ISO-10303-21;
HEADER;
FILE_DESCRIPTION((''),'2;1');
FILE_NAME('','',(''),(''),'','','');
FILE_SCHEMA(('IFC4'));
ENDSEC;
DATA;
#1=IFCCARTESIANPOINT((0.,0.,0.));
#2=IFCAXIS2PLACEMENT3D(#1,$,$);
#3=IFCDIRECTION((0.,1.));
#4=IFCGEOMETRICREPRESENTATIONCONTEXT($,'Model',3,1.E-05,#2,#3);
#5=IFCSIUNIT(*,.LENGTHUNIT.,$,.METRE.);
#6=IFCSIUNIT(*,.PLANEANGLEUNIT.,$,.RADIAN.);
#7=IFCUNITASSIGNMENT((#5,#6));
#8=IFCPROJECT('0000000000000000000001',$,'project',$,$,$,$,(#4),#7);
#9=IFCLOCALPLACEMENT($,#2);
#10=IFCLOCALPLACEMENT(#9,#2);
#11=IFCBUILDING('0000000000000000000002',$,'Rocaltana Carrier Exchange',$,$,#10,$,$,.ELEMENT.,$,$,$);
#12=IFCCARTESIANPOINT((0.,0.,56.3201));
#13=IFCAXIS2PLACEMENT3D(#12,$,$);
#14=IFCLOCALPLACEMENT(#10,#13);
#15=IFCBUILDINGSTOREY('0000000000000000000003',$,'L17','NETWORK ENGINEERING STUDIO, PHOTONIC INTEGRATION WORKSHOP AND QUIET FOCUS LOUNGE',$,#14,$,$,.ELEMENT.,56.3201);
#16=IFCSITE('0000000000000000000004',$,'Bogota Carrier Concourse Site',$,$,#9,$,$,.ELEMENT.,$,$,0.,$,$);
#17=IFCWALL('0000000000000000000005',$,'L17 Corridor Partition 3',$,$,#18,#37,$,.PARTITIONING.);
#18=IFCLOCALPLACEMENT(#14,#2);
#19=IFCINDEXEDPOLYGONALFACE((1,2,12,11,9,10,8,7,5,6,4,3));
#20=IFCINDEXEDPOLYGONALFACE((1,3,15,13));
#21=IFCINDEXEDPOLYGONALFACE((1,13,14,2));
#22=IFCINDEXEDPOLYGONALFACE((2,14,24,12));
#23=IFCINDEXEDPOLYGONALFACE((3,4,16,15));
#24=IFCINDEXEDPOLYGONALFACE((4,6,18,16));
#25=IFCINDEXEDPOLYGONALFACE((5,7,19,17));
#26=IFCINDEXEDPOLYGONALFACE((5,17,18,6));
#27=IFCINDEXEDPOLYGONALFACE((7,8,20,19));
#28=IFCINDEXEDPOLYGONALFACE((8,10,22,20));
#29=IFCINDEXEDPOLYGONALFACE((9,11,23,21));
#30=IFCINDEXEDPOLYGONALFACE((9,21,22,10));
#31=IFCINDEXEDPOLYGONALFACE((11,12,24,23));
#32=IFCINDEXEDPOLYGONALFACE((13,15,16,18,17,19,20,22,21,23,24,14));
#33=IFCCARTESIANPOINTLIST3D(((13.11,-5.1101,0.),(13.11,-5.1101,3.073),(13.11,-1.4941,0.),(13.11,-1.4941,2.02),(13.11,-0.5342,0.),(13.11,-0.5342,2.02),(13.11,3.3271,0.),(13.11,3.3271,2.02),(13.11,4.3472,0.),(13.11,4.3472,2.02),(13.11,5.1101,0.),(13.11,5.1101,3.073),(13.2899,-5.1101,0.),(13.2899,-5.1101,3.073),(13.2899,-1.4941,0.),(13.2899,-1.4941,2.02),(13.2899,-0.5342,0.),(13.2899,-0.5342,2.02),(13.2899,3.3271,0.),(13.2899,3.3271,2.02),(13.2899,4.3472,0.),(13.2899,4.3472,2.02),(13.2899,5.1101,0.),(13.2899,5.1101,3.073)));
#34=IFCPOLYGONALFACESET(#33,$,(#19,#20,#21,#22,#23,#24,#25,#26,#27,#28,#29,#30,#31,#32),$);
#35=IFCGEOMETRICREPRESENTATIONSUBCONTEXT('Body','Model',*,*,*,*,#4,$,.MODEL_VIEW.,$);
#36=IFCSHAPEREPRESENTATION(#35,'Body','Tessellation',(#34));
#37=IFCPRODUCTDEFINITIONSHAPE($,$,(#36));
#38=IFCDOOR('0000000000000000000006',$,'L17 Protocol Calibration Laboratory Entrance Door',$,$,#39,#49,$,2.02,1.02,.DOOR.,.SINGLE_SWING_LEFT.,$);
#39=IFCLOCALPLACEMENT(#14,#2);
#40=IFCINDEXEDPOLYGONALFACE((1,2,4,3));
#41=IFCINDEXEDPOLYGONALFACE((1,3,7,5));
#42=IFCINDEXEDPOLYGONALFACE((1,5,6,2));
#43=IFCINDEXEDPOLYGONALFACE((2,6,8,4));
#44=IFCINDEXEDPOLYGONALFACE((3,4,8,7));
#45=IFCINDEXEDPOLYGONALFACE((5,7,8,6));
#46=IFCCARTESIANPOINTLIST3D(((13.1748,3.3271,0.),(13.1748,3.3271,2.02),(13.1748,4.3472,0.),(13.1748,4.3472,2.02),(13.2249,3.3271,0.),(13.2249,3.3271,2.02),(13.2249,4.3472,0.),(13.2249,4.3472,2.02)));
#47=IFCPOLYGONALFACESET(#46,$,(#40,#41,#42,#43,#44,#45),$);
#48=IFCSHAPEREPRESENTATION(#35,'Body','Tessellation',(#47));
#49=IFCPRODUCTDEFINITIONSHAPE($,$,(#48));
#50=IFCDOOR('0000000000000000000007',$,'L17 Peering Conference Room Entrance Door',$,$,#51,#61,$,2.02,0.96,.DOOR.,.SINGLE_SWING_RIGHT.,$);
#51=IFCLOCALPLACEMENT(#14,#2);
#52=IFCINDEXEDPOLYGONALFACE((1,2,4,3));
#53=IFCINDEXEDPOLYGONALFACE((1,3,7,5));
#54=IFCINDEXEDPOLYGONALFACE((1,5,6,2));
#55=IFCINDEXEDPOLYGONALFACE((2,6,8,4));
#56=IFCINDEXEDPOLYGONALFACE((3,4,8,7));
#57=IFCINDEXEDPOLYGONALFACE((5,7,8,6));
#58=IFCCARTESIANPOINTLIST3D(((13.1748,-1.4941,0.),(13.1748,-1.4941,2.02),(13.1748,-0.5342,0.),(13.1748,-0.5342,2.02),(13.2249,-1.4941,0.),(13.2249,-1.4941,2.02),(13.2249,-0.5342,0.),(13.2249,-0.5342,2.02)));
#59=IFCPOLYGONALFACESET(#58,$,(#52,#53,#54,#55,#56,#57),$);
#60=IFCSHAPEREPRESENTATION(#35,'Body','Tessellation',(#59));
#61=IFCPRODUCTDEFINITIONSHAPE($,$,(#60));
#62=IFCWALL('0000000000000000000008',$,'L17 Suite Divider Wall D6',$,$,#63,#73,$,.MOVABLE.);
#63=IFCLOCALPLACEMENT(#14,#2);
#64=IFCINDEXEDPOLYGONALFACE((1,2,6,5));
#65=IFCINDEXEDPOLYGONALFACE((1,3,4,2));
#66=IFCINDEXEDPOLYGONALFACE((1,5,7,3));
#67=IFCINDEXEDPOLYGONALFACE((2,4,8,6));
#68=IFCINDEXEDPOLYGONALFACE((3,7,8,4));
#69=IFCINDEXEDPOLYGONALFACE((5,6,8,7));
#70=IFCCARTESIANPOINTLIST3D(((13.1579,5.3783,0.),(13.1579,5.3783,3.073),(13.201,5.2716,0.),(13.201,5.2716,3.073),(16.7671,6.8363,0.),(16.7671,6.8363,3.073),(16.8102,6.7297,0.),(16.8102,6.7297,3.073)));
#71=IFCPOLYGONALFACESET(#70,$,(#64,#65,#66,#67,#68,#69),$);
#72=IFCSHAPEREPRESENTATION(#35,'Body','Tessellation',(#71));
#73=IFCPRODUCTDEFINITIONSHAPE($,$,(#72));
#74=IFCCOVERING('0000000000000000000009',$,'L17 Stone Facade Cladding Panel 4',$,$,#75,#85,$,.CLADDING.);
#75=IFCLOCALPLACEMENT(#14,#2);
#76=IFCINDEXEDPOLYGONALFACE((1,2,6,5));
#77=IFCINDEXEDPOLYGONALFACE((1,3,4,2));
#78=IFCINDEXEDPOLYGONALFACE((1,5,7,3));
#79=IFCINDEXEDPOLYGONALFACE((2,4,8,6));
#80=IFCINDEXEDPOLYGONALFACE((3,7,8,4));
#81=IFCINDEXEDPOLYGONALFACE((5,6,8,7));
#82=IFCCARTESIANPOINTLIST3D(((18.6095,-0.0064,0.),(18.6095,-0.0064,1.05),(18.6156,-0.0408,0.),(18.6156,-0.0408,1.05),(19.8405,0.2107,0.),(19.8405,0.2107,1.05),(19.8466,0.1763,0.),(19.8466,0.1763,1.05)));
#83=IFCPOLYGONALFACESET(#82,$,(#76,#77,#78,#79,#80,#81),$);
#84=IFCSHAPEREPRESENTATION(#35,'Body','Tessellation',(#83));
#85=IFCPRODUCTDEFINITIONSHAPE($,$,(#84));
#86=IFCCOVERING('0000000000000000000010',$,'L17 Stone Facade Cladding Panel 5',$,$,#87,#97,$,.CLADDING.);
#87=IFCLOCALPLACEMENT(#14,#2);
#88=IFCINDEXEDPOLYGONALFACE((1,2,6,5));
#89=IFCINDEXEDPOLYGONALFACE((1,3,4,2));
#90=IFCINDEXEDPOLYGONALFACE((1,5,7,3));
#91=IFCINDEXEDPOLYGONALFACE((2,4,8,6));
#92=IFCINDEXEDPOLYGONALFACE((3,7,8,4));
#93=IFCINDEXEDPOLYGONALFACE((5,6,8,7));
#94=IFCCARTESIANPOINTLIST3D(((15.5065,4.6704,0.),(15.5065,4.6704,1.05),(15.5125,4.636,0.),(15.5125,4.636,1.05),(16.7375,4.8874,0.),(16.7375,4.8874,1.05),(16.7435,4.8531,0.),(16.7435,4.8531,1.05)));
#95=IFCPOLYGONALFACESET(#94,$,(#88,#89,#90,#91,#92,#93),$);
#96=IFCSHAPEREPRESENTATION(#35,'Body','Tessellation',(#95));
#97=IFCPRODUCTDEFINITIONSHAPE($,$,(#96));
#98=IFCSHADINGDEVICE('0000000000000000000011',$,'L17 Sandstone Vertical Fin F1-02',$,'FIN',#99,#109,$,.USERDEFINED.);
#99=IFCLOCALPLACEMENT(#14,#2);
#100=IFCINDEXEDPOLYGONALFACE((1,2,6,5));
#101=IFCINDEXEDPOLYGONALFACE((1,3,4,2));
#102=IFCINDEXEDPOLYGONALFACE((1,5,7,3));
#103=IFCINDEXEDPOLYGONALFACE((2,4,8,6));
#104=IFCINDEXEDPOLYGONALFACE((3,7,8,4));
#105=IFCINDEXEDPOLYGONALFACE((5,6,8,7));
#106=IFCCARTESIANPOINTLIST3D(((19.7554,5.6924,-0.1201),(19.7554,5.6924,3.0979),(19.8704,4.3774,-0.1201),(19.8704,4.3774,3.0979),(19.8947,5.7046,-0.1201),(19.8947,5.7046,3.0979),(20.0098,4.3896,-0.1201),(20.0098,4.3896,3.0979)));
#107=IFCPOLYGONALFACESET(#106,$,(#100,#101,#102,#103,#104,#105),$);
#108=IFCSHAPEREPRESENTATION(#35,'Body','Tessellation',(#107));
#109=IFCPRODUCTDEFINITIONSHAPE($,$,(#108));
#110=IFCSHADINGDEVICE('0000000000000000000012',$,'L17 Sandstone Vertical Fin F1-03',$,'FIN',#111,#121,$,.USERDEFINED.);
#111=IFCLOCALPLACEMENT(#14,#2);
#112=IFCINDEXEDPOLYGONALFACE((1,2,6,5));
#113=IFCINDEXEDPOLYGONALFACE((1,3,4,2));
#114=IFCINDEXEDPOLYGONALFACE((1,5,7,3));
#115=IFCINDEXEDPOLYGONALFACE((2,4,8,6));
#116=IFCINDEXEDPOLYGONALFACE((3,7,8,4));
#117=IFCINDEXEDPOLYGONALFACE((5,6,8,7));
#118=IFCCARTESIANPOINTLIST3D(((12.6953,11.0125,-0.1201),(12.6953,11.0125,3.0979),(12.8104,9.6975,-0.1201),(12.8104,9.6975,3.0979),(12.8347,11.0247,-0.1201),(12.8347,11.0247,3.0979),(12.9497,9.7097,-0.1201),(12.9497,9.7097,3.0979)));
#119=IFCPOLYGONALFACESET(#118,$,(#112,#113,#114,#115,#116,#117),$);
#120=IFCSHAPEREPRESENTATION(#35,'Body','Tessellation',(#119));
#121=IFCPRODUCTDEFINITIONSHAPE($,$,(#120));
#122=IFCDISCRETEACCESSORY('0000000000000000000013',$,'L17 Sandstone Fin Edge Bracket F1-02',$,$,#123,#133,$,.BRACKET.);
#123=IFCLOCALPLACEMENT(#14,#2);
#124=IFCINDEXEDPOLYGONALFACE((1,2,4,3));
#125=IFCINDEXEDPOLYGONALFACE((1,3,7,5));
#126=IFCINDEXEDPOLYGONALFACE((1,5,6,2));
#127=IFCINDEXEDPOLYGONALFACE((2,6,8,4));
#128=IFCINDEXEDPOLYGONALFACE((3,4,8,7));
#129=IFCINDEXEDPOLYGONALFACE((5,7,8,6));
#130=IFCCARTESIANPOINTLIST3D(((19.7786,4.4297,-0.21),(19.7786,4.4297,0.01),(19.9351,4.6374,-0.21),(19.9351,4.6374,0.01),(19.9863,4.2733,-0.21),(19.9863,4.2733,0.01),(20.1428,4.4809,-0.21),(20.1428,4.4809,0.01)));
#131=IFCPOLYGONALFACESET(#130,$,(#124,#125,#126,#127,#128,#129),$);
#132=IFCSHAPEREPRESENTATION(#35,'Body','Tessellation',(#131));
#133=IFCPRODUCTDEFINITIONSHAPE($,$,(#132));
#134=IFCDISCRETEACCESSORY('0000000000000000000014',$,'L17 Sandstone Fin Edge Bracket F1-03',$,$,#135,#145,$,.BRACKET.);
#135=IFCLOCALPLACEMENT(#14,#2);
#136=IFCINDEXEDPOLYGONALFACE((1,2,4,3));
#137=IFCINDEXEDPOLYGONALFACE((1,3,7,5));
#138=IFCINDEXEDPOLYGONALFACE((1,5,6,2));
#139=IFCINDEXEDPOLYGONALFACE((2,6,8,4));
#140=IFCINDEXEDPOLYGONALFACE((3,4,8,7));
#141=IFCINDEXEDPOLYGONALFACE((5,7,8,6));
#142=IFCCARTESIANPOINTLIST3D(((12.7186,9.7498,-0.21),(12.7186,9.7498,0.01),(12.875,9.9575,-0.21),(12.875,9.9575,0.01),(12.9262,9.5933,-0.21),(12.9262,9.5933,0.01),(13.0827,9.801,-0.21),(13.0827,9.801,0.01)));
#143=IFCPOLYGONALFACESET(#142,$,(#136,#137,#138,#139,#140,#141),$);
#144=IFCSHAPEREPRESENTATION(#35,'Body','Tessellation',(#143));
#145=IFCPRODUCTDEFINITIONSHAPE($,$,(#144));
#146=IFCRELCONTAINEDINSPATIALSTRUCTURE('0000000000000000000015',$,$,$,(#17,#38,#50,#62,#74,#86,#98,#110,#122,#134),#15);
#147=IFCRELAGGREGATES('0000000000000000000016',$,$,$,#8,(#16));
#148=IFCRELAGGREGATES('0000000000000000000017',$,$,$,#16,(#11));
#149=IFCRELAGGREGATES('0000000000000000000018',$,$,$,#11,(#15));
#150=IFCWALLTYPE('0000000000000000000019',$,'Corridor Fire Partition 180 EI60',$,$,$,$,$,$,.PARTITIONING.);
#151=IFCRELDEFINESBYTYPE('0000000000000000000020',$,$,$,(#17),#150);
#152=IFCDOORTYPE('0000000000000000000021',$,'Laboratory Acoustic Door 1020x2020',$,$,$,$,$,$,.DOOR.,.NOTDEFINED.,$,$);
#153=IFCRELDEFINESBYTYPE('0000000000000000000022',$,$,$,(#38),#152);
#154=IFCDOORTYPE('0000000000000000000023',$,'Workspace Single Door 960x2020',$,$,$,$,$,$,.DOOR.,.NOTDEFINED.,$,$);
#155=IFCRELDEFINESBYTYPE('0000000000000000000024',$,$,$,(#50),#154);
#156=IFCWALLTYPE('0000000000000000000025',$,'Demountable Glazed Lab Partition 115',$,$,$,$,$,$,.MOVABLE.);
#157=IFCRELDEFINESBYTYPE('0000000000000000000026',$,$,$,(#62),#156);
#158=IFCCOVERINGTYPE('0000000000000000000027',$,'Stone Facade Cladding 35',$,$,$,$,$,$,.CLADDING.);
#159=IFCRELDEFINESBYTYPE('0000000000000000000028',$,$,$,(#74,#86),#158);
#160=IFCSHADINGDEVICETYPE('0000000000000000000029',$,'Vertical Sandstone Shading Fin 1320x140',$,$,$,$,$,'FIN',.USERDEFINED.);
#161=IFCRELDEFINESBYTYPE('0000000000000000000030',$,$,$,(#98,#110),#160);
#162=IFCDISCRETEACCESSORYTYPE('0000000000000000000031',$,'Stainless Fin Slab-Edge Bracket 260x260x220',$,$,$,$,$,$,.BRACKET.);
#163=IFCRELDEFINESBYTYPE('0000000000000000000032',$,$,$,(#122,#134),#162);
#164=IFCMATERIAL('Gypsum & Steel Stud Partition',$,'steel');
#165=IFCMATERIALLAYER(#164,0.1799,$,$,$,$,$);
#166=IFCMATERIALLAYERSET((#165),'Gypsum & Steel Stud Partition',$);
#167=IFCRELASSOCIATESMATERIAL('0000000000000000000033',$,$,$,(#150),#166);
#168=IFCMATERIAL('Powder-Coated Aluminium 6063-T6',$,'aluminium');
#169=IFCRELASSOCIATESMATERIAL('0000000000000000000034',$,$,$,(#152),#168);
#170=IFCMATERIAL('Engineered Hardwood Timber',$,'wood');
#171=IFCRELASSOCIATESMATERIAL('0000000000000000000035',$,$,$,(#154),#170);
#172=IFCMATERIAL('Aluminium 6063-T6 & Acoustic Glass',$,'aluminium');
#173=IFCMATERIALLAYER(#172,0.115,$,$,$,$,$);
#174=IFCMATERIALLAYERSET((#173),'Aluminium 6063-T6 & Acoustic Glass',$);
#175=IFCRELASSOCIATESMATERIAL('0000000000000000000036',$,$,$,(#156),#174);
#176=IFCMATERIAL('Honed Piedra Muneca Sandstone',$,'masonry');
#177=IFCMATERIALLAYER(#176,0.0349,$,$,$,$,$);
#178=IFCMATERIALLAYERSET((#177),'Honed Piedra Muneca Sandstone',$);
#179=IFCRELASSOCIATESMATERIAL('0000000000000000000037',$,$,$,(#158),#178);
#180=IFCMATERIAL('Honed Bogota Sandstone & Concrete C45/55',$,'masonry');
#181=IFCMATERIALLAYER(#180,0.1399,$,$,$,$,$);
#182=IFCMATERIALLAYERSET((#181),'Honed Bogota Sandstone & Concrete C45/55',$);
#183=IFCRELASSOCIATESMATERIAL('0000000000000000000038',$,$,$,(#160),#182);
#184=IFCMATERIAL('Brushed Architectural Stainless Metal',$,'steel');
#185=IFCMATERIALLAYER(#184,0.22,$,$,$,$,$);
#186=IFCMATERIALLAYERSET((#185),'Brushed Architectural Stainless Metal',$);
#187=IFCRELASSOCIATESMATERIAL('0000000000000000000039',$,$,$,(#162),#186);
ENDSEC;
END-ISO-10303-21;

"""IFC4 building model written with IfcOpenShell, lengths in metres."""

from ifc_helpers import new_model, si_unit, direction, frame, frame_2d, origin, origin_2d, place, context, subcontext, project, spatial, rectangle, extrude, material, layer, layer_set, type_object, element, fill, save


model = new_model("IFC4")

# Units and contexts
model_context = context("Model", 3, precision=1e-05, world=origin(), true_north=direction((0.0, 1.0)))
body_context = subcontext(model_context, "Body", "Model", "MODEL_VIEW")
ifc_project = project(units=[si_unit("LENGTHUNIT", "METRE"), si_unit("PLANEANGLEUNIT", "RADIAN")], contexts=[model_context])

# Site, building, storey
site_placement = place(None, origin())
site = spatial("IfcSite", under=ifc_project, at=site_placement, Name="Bogota Carrier Concourse Site", CompositionType="ELEMENT", RefElevation=0.0)
building_placement = place(site_placement, origin())
building = spatial("IfcBuilding", under=site, at=building_placement, Name="Rocaltana Carrier Exchange", CompositionType="ELEMENT")
storey_placement = place(building_placement, frame((0.0, 0.0, 56.3201)))
storey = spatial("IfcBuildingStorey", under=building, at=storey_placement, Name="L17", Description="NETWORK ENGINEERING STUDIO, PHOTONIC INTEGRATION WORKSHOP AND QUIET FOCUS LOUNGE", CompositionType="ELEMENT", Elevation=56.3201)

# Wall, openings, doors
ifc_material_1 = material(Name="Gypsum & Steel Stud Partition", Category="steel")
ifc_layer_1 = layer(ifc_material_1, 0.1799)
ifc_layer_set_1 = layer_set([ifc_layer_1], Name="Gypsum & Steel Stud Partition")
wall_type_1 = type_object("IfcWallType", Name="Corridor Fire Partition 180 EI60", PredefinedType="PARTITIONING", material=ifc_layer_set_1)
wall_1_placement = place(storey_placement, frame((13.2, 5.1101, 0.0), z_axis=(0.0, 0.0, 1.0), x_axis=(0.0, -1.0, 0.0)))
wall_1 = element("IfcWall", 1, at=wall_1_placement, inside=storey, type_object=wall_type_1, Name="L17 Corridor Partition 3", PredefinedType="PARTITIONING", context=body_context, shape_type="SweptSolid", body=[
    extrude(rectangle(XDim=10.2202, YDim=0.1799, at=frame_2d((5.1101, 0.0))), origin(), (0.0, 0.0, 1.0), 3.073),
])
opening_1_placement = place(wall_1_placement, frame((5.6443, 0.0, 0.0)))
opening_1 = element("IfcOpeningElement", 2, at=opening_1_placement, cuts=wall_1, PredefinedType="OPENING", context=body_context, shape_type="SweptSolid", body=[
    extrude(rectangle(XDim=0.96, YDim=2.02, at=frame_2d((0.48, 1.01))), frame((0.0, 0.0999, 0.0), z_axis=(0.0, -1.0, 0.0), x_axis=(1.0, 0.0, 0.0)), (0.0, 0.0, 1.0), 0.2),
])
opening_2_placement = place(wall_1_placement, frame((0.7629, 0.0, 0.0)))
opening_2 = element("IfcOpeningElement", 3, at=opening_2_placement, cuts=wall_1, PredefinedType="OPENING", context=body_context, shape_type="SweptSolid", body=[
    extrude(rectangle(XDim=1.02, YDim=2.02, at=frame_2d((0.51, 1.01))), frame((0.0, 0.0999, 0.0), z_axis=(0.0, -1.0, 0.0), x_axis=(1.0, 0.0, 0.0)), (0.0, 0.0, 1.0), 0.2),
])
ifc_material_2 = material(Name="Powder-Coated Aluminium 6063-T6", Category="aluminium")
door_type_1 = type_object("IfcDoorType", Name="Laboratory Acoustic Door 1020x2020", OperationType="NOTDEFINED", PredefinedType="DOOR", material=ifc_material_2)
door_1_placement = place(opening_2_placement, origin())
door_1 = element("IfcDoor", 4, at=door_1_placement, inside=storey, type_object=door_type_1, Name="L17 Protocol Calibration Laboratory Entrance Door", OperationType="SINGLE_SWING_LEFT", OverallHeight=2.02, OverallWidth=1.02, PredefinedType="DOOR", context=body_context, shape_type="SweptSolid", body=[
    extrude(rectangle(XDim=1.02, YDim=2.02, at=frame_2d((0.51, 1.01))), frame((0.0, 0.0249, 0.0), z_axis=(0.0, -1.0, 0.0), x_axis=(1.0, 0.0, 0.0)), (0.0, 0.0, 1.0), 0.05),
])
fill(opening_2, door_1)
ifc_material_3 = material(Name="Engineered Hardwood Timber", Category="wood")
door_type_2 = type_object("IfcDoorType", Name="Workspace Single Door 960x2020", OperationType="NOTDEFINED", PredefinedType="DOOR", material=ifc_material_3)
door_2_placement = place(opening_1_placement, origin())
door_2 = element("IfcDoor", 5, at=door_2_placement, inside=storey, type_object=door_type_2, Name="L17 Peering Conference Room Entrance Door", OperationType="SINGLE_SWING_RIGHT", OverallHeight=2.02, OverallWidth=0.96, PredefinedType="DOOR", context=body_context, shape_type="SweptSolid", body=[
    extrude(rectangle(XDim=0.96, YDim=2.02, at=frame_2d((0.48, 1.01))), frame((0.0, 0.0249, 0.0), z_axis=(0.0, -1.0, 0.0), x_axis=(1.0, 0.0, 0.0)), (0.0, 0.0, 1.0), 0.05),
])
fill(opening_1, door_2)

# Wall
ifc_material_4 = material(Name="Aluminium 6063-T6 & Acoustic Glass", Category="aluminium")
ifc_layer_2 = layer(ifc_material_4, 0.115)
ifc_layer_set_2 = layer_set([ifc_layer_2], Name="Aluminium 6063-T6 & Acoustic Glass")
wall_type_2 = type_object("IfcWallType", Name="Demountable Glazed Lab Partition 115", PredefinedType="MOVABLE", material=ifc_layer_set_2)
wall_2_placement = place(storey_placement, frame((13.1794, 5.325, 0.0), z_axis=(0.0, 0.0, 1.0), x_axis=(0.9272, 0.374568, 0.0)))
element("IfcWall", 6, at=wall_2_placement, inside=storey, type_object=wall_type_2, Name="L17 Suite Divider Wall D6", PredefinedType="MOVABLE", context=body_context, shape_type="SweptSolid", body=[
    extrude(rectangle(XDim=3.8926, YDim=0.115, at=frame_2d((1.9463, 0.0))), origin(), (0.0, 0.0, 1.0), 3.073),
])

# Coverings
ifc_material_5 = material(Name="Honed Piedra Muneca Sandstone", Category="masonry")
ifc_layer_3 = layer(ifc_material_5, 0.0349)
ifc_layer_set_3 = layer_set([ifc_layer_3], Name="Honed Piedra Muneca Sandstone")
covering_type = type_object("IfcCoveringType", Name="Stone Facade Cladding 35", PredefinedType="CLADDING", material=ifc_layer_set_3)
for number, where, z_axis, x_axis, name in (
    (7, (19.228, 0.085, 0.0), (0.0, 0.0, 1.0), (0.984808, 0.173648, 0.0), "L17 Stone Facade Cladding Panel 4"),
    (8, (16.125, 4.7617, 0.0), (0.0, 0.0, 1.0), (0.984808, 0.173648, 0.0), "L17 Stone Facade Cladding Panel 5"),
):
    element("IfcCovering", number, at=place(storey_placement, frame(where, z_axis=z_axis, x_axis=x_axis)), inside=storey, type_object=covering_type, Name=name, PredefinedType="CLADDING", context=body_context, shape_type="SweptSolid", body=[
        extrude(rectangle(XDim=1.25, YDim=0.0349, at=origin_2d()), origin(), (0.0, 0.0, 1.0), 1.05),
    ])

# Shading devices
ifc_material_6 = material(Name="Honed Bogota Sandstone & Concrete C45/55", Category="masonry")
ifc_layer_4 = layer(ifc_material_6, 0.1399)
ifc_layer_set_4 = layer_set([ifc_layer_4], Name="Honed Bogota Sandstone & Concrete C45/55")
shading_device_type = type_object("IfcShadingDeviceType", Name="Vertical Sandstone Shading Fin 1320x140", ElementType="FIN", PredefinedType="USERDEFINED", material=ifc_layer_set_4)
for number, where, z_axis, x_axis, name in (
    (9, (19.8826, 5.041, -0.1201), (0.0, 0.0, 1.0), (-0.087156, 0.996195, 0.0), "L17 Sandstone Vertical Fin F1-02"),
    (10, (12.8225, 10.3611, -0.1201), (0.0, 0.0, 1.0), (-0.087156, 0.996195, 0.0), "L17 Sandstone Vertical Fin F1-03"),
):
    element("IfcShadingDevice", number, at=place(storey_placement, frame(where, z_axis=z_axis, x_axis=x_axis)), inside=storey, type_object=shading_device_type, Name=name, ObjectType="FIN", PredefinedType="USERDEFINED", context=body_context, shape_type="SweptSolid", body=[
        extrude(rectangle(XDim=1.3201, YDim=0.1399, at=origin_2d()), origin(), (0.0, 0.0, 1.0), 3.218),
    ])

# Discrete accessories
ifc_material_7 = material(Name="Brushed Architectural Stainless Metal", Category="steel")
ifc_layer_5 = layer(ifc_material_7, 0.22)
ifc_layer_set_5 = layer_set([ifc_layer_5], Name="Brushed Architectural Stainless Metal")
discrete_accessory_type = type_object("IfcDiscreteAccessoryType", Name="Stainless Fin Slab-Edge Bracket 260x260x220", PredefinedType="BRACKET", material=ifc_layer_set_5)
for number, where, z_axis, x_axis, name in (
    (11, (19.9607, 4.4553, -0.21), (0.0, 0.0, 1.0), (-0.798636, 0.601815, 0.0), "L17 Sandstone Fin Edge Bracket F1-02"),
    (12, (12.9006, 9.7754, -0.21), (0.0, 0.0, 1.0), (-0.798636, 0.601815, 0.0), "L17 Sandstone Fin Edge Bracket F1-03"),
):
    element("IfcDiscreteAccessory", number, at=place(storey_placement, frame(where, z_axis=z_axis, x_axis=x_axis)), inside=storey, type_object=discrete_accessory_type, Name=name, PredefinedType="BRACKET", context=body_context, shape_type="SweptSolid", body=[
        extrude(rectangle(XDim=0.26, YDim=0.26, at=origin_2d()), origin(), (0.0, 0.0, 1.0), 0.22),
    ])

save(model, "model.ifc")
